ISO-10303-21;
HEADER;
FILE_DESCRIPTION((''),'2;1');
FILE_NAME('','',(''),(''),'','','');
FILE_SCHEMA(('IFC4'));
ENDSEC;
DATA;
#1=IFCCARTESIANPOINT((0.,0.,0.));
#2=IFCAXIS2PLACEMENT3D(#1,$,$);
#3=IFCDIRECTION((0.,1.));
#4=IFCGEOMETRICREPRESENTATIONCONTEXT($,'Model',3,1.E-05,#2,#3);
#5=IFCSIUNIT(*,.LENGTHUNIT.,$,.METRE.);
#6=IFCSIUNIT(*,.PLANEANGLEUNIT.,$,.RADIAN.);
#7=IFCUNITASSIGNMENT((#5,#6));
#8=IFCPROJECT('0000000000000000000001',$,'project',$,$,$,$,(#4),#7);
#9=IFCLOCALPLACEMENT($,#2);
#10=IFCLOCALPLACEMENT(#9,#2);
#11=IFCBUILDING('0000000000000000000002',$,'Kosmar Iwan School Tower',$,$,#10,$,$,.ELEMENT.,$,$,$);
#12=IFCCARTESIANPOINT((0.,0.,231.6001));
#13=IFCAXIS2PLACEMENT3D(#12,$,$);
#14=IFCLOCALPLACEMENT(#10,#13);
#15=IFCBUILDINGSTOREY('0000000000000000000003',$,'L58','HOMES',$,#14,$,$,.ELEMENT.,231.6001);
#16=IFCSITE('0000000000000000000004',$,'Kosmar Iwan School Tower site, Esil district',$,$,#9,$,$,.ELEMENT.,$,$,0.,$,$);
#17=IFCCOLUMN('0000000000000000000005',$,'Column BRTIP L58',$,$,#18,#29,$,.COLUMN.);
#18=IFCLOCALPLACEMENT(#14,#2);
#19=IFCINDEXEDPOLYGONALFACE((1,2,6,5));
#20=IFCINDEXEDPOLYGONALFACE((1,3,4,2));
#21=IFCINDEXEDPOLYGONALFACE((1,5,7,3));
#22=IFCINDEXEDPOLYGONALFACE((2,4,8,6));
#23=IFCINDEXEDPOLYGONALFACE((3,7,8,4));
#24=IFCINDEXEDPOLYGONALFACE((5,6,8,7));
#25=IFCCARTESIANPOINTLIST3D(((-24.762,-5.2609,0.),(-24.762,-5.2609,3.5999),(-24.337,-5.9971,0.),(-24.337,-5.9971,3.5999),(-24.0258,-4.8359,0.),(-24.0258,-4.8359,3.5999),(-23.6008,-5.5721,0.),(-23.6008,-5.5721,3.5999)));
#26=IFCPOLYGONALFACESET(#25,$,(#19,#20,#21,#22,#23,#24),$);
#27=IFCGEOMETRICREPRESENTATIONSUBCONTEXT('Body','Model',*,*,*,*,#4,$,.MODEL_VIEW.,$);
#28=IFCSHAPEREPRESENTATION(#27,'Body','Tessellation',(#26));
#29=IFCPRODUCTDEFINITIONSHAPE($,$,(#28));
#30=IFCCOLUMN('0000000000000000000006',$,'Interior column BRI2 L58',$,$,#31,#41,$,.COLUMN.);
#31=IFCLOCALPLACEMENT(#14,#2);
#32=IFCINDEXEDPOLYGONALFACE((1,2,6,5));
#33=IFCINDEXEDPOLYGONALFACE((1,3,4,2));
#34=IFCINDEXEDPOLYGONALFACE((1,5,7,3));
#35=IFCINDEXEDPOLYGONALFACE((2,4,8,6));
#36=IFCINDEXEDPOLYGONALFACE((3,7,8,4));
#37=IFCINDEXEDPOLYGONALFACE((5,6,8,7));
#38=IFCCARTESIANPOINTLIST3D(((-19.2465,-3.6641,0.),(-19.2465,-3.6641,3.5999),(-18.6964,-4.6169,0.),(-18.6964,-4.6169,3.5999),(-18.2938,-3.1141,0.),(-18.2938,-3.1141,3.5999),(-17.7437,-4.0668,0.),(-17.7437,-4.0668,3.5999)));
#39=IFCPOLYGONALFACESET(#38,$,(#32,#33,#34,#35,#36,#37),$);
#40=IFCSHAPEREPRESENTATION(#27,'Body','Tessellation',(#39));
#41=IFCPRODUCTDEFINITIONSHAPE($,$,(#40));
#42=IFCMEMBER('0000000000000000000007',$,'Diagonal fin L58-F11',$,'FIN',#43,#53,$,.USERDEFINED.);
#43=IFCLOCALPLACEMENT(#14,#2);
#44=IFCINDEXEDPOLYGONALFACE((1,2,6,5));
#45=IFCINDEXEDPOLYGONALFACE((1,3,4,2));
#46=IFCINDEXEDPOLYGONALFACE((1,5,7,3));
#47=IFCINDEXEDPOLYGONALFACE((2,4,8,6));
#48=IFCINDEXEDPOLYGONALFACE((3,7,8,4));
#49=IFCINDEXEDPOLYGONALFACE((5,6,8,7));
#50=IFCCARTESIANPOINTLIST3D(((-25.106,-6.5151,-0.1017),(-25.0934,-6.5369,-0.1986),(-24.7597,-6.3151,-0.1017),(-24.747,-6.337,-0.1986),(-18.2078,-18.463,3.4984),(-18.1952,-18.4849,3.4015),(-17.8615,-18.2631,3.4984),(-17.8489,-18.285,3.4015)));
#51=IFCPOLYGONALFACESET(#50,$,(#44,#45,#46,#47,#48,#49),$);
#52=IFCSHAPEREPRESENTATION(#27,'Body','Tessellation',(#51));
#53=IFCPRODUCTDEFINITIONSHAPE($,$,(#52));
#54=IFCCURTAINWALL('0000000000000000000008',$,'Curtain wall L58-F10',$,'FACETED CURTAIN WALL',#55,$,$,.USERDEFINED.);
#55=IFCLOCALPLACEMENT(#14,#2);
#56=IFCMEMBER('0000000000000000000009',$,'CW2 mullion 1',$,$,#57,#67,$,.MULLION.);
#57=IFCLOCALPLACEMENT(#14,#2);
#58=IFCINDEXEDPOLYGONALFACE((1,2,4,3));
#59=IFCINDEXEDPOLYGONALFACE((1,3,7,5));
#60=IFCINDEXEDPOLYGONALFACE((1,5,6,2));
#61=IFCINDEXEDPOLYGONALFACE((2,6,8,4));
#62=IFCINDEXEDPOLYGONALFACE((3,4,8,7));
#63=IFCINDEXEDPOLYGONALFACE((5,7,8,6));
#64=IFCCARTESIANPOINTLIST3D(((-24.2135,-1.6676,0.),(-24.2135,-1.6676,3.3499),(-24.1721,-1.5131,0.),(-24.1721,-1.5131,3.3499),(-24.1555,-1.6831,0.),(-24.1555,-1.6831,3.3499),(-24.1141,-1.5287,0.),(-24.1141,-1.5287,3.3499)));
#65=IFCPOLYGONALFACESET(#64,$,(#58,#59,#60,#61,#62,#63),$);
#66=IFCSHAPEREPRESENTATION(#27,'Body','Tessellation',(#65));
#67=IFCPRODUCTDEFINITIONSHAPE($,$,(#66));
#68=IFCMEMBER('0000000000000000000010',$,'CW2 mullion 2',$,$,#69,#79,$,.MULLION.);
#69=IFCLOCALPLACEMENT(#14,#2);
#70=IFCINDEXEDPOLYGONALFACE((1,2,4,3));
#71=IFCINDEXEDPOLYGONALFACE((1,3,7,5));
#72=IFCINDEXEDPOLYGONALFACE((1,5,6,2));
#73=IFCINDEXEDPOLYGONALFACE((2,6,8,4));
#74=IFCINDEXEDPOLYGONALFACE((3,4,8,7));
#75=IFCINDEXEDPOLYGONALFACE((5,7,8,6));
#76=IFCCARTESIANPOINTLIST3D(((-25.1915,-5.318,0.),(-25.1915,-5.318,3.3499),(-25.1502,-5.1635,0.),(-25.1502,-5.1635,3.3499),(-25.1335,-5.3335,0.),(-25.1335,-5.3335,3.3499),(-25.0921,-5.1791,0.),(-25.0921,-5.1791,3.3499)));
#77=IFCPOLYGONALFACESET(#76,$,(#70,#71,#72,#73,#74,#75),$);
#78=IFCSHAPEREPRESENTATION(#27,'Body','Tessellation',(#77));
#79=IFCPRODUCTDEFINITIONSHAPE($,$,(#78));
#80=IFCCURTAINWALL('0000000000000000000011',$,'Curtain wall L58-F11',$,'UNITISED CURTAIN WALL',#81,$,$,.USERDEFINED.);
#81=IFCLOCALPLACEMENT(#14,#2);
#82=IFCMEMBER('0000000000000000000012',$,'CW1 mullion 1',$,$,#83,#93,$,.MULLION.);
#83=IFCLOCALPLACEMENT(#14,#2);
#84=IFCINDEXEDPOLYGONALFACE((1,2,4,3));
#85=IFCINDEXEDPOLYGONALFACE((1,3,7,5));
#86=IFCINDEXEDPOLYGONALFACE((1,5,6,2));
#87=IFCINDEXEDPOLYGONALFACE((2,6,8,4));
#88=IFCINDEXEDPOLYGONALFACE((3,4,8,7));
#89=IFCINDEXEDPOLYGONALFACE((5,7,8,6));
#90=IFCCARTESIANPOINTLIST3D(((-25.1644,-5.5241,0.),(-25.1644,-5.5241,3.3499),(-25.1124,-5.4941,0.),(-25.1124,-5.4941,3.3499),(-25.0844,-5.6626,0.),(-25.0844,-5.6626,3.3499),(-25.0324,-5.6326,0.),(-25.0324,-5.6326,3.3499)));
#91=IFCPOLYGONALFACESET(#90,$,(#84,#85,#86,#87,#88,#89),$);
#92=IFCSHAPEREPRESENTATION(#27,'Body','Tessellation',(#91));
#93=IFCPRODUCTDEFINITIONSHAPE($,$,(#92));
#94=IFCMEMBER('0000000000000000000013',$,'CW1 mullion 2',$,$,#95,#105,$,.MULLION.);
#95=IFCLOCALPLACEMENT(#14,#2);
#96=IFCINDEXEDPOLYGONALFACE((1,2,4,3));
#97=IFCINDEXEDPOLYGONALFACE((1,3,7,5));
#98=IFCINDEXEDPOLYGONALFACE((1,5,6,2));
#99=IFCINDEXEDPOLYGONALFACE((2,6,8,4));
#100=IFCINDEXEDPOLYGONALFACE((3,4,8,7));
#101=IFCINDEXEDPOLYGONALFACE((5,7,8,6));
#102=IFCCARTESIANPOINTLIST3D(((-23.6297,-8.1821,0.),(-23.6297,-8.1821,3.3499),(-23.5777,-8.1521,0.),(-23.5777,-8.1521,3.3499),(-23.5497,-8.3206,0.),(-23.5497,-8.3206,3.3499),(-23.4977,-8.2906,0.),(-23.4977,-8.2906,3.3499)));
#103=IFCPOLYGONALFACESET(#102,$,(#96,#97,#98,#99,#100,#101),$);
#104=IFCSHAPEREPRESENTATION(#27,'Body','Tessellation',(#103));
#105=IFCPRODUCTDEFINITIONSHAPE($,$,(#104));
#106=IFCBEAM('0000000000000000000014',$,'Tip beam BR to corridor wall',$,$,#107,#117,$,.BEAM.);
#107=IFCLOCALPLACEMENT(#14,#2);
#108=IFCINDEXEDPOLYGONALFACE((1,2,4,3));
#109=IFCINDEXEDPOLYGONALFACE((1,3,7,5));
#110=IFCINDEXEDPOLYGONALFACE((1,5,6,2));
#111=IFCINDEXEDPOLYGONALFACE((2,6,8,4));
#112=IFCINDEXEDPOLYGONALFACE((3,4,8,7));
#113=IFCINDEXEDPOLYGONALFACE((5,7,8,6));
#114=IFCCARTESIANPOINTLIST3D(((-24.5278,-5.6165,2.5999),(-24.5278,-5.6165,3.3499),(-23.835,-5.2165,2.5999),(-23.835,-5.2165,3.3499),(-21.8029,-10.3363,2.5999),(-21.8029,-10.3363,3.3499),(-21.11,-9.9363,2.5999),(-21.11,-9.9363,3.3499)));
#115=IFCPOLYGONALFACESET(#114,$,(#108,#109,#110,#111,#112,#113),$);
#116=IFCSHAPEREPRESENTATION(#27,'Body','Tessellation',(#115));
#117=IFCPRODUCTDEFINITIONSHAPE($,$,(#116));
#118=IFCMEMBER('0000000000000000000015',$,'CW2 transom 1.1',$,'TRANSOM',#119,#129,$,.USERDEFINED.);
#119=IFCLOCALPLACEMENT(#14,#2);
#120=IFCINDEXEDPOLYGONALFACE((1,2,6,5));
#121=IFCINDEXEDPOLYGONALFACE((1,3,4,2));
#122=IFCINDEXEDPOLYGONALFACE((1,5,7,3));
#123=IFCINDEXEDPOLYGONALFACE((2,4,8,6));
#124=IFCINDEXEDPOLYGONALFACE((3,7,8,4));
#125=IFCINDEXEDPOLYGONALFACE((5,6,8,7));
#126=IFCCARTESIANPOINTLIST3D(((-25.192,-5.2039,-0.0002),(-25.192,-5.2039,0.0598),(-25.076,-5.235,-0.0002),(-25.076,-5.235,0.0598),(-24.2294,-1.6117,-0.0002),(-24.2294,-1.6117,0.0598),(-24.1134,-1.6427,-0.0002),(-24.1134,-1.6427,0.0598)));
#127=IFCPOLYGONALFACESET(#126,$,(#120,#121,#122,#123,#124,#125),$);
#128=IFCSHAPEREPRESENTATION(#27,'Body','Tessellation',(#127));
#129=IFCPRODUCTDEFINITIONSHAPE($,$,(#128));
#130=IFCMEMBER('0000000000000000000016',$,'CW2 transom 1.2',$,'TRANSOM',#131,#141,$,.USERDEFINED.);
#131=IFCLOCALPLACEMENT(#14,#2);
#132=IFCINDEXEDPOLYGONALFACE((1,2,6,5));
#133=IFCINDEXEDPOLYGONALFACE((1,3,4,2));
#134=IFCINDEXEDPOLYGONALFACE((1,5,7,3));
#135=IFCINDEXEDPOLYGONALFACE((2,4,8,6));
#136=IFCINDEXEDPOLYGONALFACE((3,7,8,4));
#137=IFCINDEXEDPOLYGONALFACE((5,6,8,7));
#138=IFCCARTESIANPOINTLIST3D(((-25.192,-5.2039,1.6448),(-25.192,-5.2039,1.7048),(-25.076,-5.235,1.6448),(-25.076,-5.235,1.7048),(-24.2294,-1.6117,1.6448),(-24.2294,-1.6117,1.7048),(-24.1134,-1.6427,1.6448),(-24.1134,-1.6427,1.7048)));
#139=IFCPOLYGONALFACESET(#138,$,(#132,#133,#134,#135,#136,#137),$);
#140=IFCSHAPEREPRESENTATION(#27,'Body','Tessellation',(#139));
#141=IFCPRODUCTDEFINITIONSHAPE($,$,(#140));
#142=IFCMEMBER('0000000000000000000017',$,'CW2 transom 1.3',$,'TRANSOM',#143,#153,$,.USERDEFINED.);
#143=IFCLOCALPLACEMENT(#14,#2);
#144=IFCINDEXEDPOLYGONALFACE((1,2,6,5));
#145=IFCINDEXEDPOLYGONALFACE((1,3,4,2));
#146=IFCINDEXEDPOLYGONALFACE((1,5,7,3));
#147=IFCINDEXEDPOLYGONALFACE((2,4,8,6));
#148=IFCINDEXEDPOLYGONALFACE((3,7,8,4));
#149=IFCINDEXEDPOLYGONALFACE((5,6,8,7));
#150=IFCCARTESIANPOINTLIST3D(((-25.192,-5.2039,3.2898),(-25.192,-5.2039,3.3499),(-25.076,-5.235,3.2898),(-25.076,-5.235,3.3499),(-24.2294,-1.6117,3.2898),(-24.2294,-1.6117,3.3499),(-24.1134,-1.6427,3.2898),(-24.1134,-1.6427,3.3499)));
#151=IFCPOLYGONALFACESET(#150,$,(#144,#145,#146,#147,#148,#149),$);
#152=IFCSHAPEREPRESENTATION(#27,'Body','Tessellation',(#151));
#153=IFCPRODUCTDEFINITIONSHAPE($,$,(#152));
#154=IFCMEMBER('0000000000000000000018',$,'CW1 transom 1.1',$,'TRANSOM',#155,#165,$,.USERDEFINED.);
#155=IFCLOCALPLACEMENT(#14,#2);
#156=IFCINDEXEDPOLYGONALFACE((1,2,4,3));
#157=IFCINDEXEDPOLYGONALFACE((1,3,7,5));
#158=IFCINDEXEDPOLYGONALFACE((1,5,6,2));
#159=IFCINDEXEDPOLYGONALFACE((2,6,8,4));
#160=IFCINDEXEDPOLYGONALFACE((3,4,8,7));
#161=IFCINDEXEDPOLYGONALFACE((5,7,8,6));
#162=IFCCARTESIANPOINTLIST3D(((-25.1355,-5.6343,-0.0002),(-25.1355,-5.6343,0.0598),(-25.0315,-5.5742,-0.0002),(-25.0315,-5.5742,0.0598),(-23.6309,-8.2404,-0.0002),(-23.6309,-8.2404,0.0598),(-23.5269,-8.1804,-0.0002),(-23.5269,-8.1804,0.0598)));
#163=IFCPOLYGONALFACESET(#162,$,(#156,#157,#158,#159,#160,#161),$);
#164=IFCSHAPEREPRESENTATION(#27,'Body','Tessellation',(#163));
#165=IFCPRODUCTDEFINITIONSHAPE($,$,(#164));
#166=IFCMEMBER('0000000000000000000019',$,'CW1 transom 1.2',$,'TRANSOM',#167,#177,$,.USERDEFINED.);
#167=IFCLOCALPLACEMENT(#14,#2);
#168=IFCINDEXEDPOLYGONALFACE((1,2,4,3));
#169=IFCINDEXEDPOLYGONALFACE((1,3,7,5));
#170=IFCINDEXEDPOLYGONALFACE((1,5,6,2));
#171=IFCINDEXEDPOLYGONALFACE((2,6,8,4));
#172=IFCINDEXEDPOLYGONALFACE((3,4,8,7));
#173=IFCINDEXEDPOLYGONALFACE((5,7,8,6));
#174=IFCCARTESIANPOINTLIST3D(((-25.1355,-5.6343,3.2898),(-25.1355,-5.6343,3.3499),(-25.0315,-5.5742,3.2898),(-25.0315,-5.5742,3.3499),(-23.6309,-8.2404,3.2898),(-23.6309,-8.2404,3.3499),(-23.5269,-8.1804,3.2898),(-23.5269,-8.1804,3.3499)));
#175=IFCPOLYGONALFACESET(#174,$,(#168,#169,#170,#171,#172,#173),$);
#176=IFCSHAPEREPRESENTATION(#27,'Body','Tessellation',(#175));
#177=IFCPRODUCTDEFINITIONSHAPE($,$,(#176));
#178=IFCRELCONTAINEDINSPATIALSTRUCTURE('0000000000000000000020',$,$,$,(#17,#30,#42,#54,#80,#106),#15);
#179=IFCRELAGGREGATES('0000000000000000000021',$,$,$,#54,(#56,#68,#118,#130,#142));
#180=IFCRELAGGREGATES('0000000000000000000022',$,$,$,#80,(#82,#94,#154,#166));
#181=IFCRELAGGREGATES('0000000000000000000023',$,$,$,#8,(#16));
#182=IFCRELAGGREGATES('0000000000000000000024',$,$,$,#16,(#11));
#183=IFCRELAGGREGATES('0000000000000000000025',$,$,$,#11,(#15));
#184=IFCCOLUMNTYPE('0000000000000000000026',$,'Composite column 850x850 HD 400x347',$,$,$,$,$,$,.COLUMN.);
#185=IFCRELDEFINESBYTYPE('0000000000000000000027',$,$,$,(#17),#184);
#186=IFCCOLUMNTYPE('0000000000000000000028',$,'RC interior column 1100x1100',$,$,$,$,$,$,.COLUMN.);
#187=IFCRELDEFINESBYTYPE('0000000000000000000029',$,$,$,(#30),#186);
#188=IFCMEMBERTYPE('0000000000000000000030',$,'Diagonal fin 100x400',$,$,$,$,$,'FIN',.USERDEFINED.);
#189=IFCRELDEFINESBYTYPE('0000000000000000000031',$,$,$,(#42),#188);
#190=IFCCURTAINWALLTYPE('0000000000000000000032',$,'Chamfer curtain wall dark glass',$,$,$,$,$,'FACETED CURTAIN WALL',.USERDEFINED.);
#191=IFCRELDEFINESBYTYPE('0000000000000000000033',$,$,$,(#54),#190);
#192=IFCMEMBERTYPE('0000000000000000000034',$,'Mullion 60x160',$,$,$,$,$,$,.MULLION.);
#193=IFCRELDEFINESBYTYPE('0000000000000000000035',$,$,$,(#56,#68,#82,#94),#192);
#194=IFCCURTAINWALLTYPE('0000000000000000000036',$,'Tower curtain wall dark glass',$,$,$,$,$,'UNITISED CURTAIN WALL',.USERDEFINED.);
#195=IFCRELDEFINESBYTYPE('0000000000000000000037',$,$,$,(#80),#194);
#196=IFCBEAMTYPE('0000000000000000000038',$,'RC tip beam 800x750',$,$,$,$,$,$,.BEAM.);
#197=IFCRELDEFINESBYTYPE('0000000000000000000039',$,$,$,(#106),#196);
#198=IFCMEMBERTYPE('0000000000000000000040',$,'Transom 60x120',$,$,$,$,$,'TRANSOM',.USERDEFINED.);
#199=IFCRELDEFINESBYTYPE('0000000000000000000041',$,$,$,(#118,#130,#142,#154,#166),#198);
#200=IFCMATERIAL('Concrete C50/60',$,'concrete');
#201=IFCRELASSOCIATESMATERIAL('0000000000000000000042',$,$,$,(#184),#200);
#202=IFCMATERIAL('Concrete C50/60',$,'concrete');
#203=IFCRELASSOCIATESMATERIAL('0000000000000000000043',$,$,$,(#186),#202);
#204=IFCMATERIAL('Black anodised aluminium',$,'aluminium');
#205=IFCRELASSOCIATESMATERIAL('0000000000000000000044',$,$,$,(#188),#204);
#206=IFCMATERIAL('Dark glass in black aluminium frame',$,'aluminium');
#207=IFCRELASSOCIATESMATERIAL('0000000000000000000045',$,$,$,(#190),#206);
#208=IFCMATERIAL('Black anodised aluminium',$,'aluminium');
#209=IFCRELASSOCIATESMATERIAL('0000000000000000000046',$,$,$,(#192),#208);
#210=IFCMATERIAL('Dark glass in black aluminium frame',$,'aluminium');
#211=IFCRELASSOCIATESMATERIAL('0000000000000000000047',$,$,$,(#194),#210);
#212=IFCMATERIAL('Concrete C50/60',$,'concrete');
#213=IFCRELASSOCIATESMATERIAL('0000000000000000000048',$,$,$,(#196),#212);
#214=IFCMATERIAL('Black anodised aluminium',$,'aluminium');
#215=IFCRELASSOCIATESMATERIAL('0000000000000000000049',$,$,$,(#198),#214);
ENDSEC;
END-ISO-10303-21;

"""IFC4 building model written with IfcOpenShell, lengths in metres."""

from ifc_helpers import new_model, si_unit, direction, frame, origin, origin_2d, place, context, subcontext, project, spatial, rectangle, extrude, material, material_profile, profile_set, type_object, element, aggregate, save


model = new_model("IFC4")

# Units and contexts
model_context = context("Model", 3, precision=1e-05, world=origin(), true_north=direction((0.0, 1.0)))
body_context = subcontext(model_context, "Body", "Model", "MODEL_VIEW")
ifc_project = project(units=[si_unit("LENGTHUNIT", "METRE"), si_unit("PLANEANGLEUNIT", "RADIAN")], contexts=[model_context])

# Site, building, storey
site_placement = place(None, origin())
site = spatial("IfcSite", under=ifc_project, at=site_placement, Name="Kosmar Iwan School Tower site, Esil district", CompositionType="ELEMENT", RefElevation=0.0)
building_placement = place(site_placement, origin())
building = spatial("IfcBuilding", under=site, at=building_placement, Name="Kosmar Iwan School Tower", CompositionType="ELEMENT")
storey_placement = place(building_placement, frame((0.0, 0.0, 231.6001)))
storey = spatial("IfcBuildingStorey", under=building, at=storey_placement, Name="L58", Description="HOMES", CompositionType="ELEMENT", Elevation=231.6001)

# Columns
ifc_material_1 = material(Name="Concrete C50/60", Category="concrete")
ifc_material_profile_1 = material_profile(ifc_material_1, rectangle(XDim=0.8501, YDim=0.8501, at=origin_2d()), Name="RC 850x850 + HD 400x347")
ifc_profile_set_1 = profile_set([ifc_material_profile_1], Name="Concrete C50/60")
column_type_1 = type_object("IfcColumnType", Name="Composite column 850x850 HD 400x347", PredefinedType="COLUMN", material=ifc_profile_set_1)
column_1_placement = place(storey_placement, frame((-24.1814, -5.4165, 0.0), z_axis=(0.0, 0.0, 1.0), x_axis=(-0.866025, -0.5, 0.0)))
element("IfcColumn", 1, at=column_1_placement, inside=storey, type_object=column_type_1, Name="Column BRTIP L58", PredefinedType="COLUMN", context=body_context, shape_type="SweptSolid", body=[
    extrude(rectangle(XDim=0.8501, YDim=0.8501, at=origin_2d()), origin(), (0.0, 0.0, 1.0), 3.5999),
])
ifc_material_2 = material(Name="Concrete C50/60", Category="concrete")
ifc_material_profile_2 = material_profile(ifc_material_2, rectangle(XDim=1.1001, YDim=1.1001, at=origin_2d()), Name="RC 1100x1100")
ifc_profile_set_2 = profile_set([ifc_material_profile_2], Name="Concrete C50/60")
column_type_2 = type_object("IfcColumnType", Name="RC interior column 1100x1100", PredefinedType="COLUMN", material=ifc_profile_set_2)
column_2_placement = place(storey_placement, frame((-18.4951, -3.8655, 0.0), z_axis=(0.0, 0.0, 1.0), x_axis=(-0.866025, -0.5, 0.0)))
element("IfcColumn", 2, at=column_2_placement, inside=storey, type_object=column_type_2, Name="Interior column BRI2 L58", PredefinedType="COLUMN", context=body_context, shape_type="SweptSolid", body=[
    extrude(rectangle(XDim=1.1001, YDim=1.1001, at=origin_2d()), origin(), (0.0, 0.0, 1.0), 3.5999),
])

# Member
ifc_material_3 = material(Name="Black anodised aluminium", Category="aluminium")
ifc_material_profile_3 = material_profile(ifc_material_3, rectangle(XDim=0.1001, YDim=0.3999, at=origin_2d()), Name="FIN 100x400")
ifc_profile_set_3 = profile_set([ifc_material_profile_3], Name="Black anodised aluminium")
member_type_1 = type_object("IfcMemberType", Name="Diagonal fin 100x400", ElementType="FIN", PredefinedType="USERDEFINED", material=ifc_profile_set_3)
member_1_placement = place(storey_placement, frame((-24.9265, -6.426, -0.1501), z_axis=(0.4838, -0.837965, 0.252491), x_axis=(-0.126245, 0.218663, 0.967599)))
element("IfcMember", 3, at=member_1_placement, inside=storey, type_object=member_type_1, Name="Diagonal fin L58-F11", ObjectType="FIN", PredefinedType="USERDEFINED", context=body_context, shape_type="SweptSolid", body=[
    extrude(rectangle(XDim=0.1001, YDim=0.3999, at=origin_2d()), origin(), (0.0, 0.0, 1.0), 14.2583),
])

# Curtain walls, members
ifc_material_4 = material(Name="Dark glass in black aluminium frame", Category="aluminium")
curtain_wall_type_1 = type_object("IfcCurtainWallType", Name="Chamfer curtain wall dark glass", ElementType="FACETED CURTAIN WALL", PredefinedType="USERDEFINED", material=ifc_material_4)
curtain_wall_1_placement = place(storey_placement, origin())
curtain_wall_1 = element("IfcCurtainWall", 4, at=curtain_wall_1_placement, inside=storey, type_object=curtain_wall_type_1, Name="Curtain wall L58-F10", ObjectType="FACETED CURTAIN WALL", PredefinedType="USERDEFINED")
ifc_material_5 = material(Name="Black anodised aluminium", Category="aluminium")
ifc_material_profile_4 = material_profile(ifc_material_5, rectangle(XDim=0.0601, YDim=0.1599, at=origin_2d()), Name="MULLION 60x160")
ifc_profile_set_4 = profile_set([ifc_material_profile_4], Name="Black anodised aluminium")
member_type_2 = type_object("IfcMemberType", Name="Mullion 60x160", PredefinedType="MULLION", material=ifc_profile_set_4)
member_2_placement = place(storey_placement, frame((-24.1638, -1.5981, 0.0), z_axis=(0.0, 0.0, 1.0), x_axis=(0.965926, -0.258819, 0.0)))
member_2 = element("IfcMember", 5, at=member_2_placement, type_object=member_type_2, Name="CW2 mullion 1", PredefinedType="MULLION", context=body_context, shape_type="SweptSolid", body=[
    extrude(rectangle(XDim=0.0601, YDim=0.1599, at=origin_2d()), origin(), (0.0, 0.0, 1.0), 3.3499),
])
member_3_placement = place(storey_placement, frame((-25.1418, -5.2485, 0.0), z_axis=(0.0, 0.0, 1.0), x_axis=(0.965926, -0.258819, 0.0)))
member_3 = element("IfcMember", 6, at=member_3_placement, type_object=member_type_2, Name="CW2 mullion 2", PredefinedType="MULLION", context=body_context, shape_type="SweptSolid", body=[
    extrude(rectangle(XDim=0.0601, YDim=0.1599, at=origin_2d()), origin(), (0.0, 0.0, 1.0), 3.3499),
])
ifc_material_6 = material(Name="Dark glass in black aluminium frame", Category="aluminium")
curtain_wall_type_2 = type_object("IfcCurtainWallType", Name="Tower curtain wall dark glass", ElementType="UNITISED CURTAIN WALL", PredefinedType="USERDEFINED", material=ifc_material_6)
curtain_wall_2_placement = place(storey_placement, origin())
curtain_wall_2 = element("IfcCurtainWall", 7, at=curtain_wall_2_placement, inside=storey, type_object=curtain_wall_type_2, Name="Curtain wall L58-F11", ObjectType="UNITISED CURTAIN WALL", PredefinedType="USERDEFINED")
member_4_placement = place(storey_placement, frame((-25.0984, -5.5784, 0.0), z_axis=(0.0, 0.0, 1.0), x_axis=(0.866025, 0.5, 0.0)))
member_4 = element("IfcMember", 8, at=member_4_placement, type_object=member_type_2, Name="CW1 mullion 1", PredefinedType="MULLION", context=body_context, shape_type="SweptSolid", body=[
    extrude(rectangle(XDim=0.0601, YDim=0.1599, at=origin_2d()), origin(), (0.0, 0.0, 1.0), 3.3499),
])
member_5_placement = place(storey_placement, frame((-23.5637, -8.2363, 0.0), z_axis=(0.0, 0.0, 1.0), x_axis=(0.866025, 0.5, 0.0)))
member_5 = element("IfcMember", 9, at=member_5_placement, type_object=member_type_2, Name="CW1 mullion 2", PredefinedType="MULLION", context=body_context, shape_type="SweptSolid", body=[
    extrude(rectangle(XDim=0.0601, YDim=0.1599, at=origin_2d()), origin(), (0.0, 0.0, 1.0), 3.3499),
])

# Beam
ifc_material_7 = material(Name="Concrete C50/60", Category="concrete")
ifc_material_profile_5 = material_profile(ifc_material_7, rectangle(XDim=0.8, YDim=0.75, at=origin_2d()), Name="RC 800x750")
ifc_profile_set_5 = profile_set([ifc_material_profile_5], Name="Concrete C50/60")
beam_type = type_object("IfcBeamType", Name="RC tip beam 800x750", PredefinedType="BEAM", material=ifc_profile_set_5)
beam_placement = place(storey_placement, frame((-24.1814, -5.4165, 2.9749), z_axis=(0.499989, -0.866032, 0.0), x_axis=(0.866032, 0.499989, 0.0)))
element("IfcBeam", 10, at=beam_placement, inside=storey, type_object=beam_type, Name="Tip beam BR to corridor wall", PredefinedType="BEAM", context=body_context, shape_type="SweptSolid", body=[
    extrude(rectangle(XDim=0.8, YDim=0.75, at=origin_2d()), origin(), (0.0, 0.0, 1.0), 5.45),
])

# Members
ifc_material_8 = material(Name="Black anodised aluminium", Category="aluminium")
ifc_material_profile_6 = material_profile(ifc_material_8, rectangle(XDim=0.1201, YDim=0.0601, at=origin_2d()), Name="TRANSOM 60x120")
ifc_profile_set_6 = profile_set([ifc_material_profile_6], Name="Black anodised aluminium")
member_type_3 = type_object("IfcMemberType", Name="Transom 60x120", ElementType="TRANSOM", PredefinedType="USERDEFINED", material=ifc_profile_set_6)
member_6_placement = place(storey_placement, frame((-24.1714, -1.6272, 0.0298), z_axis=(-0.258843, -0.965919, 0.0), x_axis=(0.965919, -0.258843, 0.0)))
member_6 = element("IfcMember", 11, at=member_6_placement, type_object=member_type_3, Name="CW2 transom 1.1", ObjectType="TRANSOM", PredefinedType="USERDEFINED", context=body_context, shape_type="SweptSolid", body=[
    extrude(rectangle(XDim=0.1201, YDim=0.0601, at=origin_2d()), origin(), (0.0, 0.0, 1.0), 3.719),
])
member_7_placement = place(storey_placement, frame((-24.1714, -1.6272, 1.6748), z_axis=(-0.258843, -0.965919, 0.0), x_axis=(0.965919, -0.258843, 0.0)))
member_7 = element("IfcMember", 12, at=member_7_placement, type_object=member_type_3, Name="CW2 transom 1.2", ObjectType="TRANSOM", PredefinedType="USERDEFINED", context=body_context, shape_type="SweptSolid", body=[
    extrude(rectangle(XDim=0.1201, YDim=0.0601, at=origin_2d()), origin(), (0.0, 0.0, 1.0), 3.719),
])
member_8_placement = place(storey_placement, frame((-24.1714, -1.6272, 3.3198), z_axis=(-0.258843, -0.965919, 0.0), x_axis=(0.965919, -0.258843, 0.0)))
member_8 = element("IfcMember", 13, at=member_8_placement, type_object=member_type_3, Name="CW2 transom 1.3", ObjectType="TRANSOM", PredefinedType="USERDEFINED", context=body_context, shape_type="SweptSolid", body=[
    extrude(rectangle(XDim=0.1201, YDim=0.0601, at=origin_2d()), origin(), (0.0, 0.0, 1.0), 3.719),
])
member_9_placement = place(storey_placement, frame((-25.0835, -5.6042, 0.0298), z_axis=(0.499987, -0.866033, 0.0), x_axis=(0.866033, 0.499987, 0.0)))
member_9 = element("IfcMember", 14, at=member_9_placement, type_object=member_type_3, Name="CW1 transom 1.1", ObjectType="TRANSOM", PredefinedType="USERDEFINED", context=body_context, shape_type="SweptSolid", body=[
    extrude(rectangle(XDim=0.1201, YDim=0.0601, at=origin_2d()), origin(), (0.0, 0.0, 1.0), 3.0093),
])
member_10_placement = place(storey_placement, frame((-25.0835, -5.6042, 3.3198), z_axis=(0.499987, -0.866033, 0.0), x_axis=(0.866033, 0.499987, 0.0)))
member_10 = element("IfcMember", 15, at=member_10_placement, type_object=member_type_3, Name="CW1 transom 1.2", ObjectType="TRANSOM", PredefinedType="USERDEFINED", context=body_context, shape_type="SweptSolid", body=[
    extrude(rectangle(XDim=0.1201, YDim=0.0601, at=origin_2d()), origin(), (0.0, 0.0, 1.0), 3.0093),
])

aggregate(curtain_wall_1, [member_2, member_3, member_6, member_7, member_8])
aggregate(curtain_wall_2, [member_4, member_5, member_9, member_10])

save(model, "model.ifc")
